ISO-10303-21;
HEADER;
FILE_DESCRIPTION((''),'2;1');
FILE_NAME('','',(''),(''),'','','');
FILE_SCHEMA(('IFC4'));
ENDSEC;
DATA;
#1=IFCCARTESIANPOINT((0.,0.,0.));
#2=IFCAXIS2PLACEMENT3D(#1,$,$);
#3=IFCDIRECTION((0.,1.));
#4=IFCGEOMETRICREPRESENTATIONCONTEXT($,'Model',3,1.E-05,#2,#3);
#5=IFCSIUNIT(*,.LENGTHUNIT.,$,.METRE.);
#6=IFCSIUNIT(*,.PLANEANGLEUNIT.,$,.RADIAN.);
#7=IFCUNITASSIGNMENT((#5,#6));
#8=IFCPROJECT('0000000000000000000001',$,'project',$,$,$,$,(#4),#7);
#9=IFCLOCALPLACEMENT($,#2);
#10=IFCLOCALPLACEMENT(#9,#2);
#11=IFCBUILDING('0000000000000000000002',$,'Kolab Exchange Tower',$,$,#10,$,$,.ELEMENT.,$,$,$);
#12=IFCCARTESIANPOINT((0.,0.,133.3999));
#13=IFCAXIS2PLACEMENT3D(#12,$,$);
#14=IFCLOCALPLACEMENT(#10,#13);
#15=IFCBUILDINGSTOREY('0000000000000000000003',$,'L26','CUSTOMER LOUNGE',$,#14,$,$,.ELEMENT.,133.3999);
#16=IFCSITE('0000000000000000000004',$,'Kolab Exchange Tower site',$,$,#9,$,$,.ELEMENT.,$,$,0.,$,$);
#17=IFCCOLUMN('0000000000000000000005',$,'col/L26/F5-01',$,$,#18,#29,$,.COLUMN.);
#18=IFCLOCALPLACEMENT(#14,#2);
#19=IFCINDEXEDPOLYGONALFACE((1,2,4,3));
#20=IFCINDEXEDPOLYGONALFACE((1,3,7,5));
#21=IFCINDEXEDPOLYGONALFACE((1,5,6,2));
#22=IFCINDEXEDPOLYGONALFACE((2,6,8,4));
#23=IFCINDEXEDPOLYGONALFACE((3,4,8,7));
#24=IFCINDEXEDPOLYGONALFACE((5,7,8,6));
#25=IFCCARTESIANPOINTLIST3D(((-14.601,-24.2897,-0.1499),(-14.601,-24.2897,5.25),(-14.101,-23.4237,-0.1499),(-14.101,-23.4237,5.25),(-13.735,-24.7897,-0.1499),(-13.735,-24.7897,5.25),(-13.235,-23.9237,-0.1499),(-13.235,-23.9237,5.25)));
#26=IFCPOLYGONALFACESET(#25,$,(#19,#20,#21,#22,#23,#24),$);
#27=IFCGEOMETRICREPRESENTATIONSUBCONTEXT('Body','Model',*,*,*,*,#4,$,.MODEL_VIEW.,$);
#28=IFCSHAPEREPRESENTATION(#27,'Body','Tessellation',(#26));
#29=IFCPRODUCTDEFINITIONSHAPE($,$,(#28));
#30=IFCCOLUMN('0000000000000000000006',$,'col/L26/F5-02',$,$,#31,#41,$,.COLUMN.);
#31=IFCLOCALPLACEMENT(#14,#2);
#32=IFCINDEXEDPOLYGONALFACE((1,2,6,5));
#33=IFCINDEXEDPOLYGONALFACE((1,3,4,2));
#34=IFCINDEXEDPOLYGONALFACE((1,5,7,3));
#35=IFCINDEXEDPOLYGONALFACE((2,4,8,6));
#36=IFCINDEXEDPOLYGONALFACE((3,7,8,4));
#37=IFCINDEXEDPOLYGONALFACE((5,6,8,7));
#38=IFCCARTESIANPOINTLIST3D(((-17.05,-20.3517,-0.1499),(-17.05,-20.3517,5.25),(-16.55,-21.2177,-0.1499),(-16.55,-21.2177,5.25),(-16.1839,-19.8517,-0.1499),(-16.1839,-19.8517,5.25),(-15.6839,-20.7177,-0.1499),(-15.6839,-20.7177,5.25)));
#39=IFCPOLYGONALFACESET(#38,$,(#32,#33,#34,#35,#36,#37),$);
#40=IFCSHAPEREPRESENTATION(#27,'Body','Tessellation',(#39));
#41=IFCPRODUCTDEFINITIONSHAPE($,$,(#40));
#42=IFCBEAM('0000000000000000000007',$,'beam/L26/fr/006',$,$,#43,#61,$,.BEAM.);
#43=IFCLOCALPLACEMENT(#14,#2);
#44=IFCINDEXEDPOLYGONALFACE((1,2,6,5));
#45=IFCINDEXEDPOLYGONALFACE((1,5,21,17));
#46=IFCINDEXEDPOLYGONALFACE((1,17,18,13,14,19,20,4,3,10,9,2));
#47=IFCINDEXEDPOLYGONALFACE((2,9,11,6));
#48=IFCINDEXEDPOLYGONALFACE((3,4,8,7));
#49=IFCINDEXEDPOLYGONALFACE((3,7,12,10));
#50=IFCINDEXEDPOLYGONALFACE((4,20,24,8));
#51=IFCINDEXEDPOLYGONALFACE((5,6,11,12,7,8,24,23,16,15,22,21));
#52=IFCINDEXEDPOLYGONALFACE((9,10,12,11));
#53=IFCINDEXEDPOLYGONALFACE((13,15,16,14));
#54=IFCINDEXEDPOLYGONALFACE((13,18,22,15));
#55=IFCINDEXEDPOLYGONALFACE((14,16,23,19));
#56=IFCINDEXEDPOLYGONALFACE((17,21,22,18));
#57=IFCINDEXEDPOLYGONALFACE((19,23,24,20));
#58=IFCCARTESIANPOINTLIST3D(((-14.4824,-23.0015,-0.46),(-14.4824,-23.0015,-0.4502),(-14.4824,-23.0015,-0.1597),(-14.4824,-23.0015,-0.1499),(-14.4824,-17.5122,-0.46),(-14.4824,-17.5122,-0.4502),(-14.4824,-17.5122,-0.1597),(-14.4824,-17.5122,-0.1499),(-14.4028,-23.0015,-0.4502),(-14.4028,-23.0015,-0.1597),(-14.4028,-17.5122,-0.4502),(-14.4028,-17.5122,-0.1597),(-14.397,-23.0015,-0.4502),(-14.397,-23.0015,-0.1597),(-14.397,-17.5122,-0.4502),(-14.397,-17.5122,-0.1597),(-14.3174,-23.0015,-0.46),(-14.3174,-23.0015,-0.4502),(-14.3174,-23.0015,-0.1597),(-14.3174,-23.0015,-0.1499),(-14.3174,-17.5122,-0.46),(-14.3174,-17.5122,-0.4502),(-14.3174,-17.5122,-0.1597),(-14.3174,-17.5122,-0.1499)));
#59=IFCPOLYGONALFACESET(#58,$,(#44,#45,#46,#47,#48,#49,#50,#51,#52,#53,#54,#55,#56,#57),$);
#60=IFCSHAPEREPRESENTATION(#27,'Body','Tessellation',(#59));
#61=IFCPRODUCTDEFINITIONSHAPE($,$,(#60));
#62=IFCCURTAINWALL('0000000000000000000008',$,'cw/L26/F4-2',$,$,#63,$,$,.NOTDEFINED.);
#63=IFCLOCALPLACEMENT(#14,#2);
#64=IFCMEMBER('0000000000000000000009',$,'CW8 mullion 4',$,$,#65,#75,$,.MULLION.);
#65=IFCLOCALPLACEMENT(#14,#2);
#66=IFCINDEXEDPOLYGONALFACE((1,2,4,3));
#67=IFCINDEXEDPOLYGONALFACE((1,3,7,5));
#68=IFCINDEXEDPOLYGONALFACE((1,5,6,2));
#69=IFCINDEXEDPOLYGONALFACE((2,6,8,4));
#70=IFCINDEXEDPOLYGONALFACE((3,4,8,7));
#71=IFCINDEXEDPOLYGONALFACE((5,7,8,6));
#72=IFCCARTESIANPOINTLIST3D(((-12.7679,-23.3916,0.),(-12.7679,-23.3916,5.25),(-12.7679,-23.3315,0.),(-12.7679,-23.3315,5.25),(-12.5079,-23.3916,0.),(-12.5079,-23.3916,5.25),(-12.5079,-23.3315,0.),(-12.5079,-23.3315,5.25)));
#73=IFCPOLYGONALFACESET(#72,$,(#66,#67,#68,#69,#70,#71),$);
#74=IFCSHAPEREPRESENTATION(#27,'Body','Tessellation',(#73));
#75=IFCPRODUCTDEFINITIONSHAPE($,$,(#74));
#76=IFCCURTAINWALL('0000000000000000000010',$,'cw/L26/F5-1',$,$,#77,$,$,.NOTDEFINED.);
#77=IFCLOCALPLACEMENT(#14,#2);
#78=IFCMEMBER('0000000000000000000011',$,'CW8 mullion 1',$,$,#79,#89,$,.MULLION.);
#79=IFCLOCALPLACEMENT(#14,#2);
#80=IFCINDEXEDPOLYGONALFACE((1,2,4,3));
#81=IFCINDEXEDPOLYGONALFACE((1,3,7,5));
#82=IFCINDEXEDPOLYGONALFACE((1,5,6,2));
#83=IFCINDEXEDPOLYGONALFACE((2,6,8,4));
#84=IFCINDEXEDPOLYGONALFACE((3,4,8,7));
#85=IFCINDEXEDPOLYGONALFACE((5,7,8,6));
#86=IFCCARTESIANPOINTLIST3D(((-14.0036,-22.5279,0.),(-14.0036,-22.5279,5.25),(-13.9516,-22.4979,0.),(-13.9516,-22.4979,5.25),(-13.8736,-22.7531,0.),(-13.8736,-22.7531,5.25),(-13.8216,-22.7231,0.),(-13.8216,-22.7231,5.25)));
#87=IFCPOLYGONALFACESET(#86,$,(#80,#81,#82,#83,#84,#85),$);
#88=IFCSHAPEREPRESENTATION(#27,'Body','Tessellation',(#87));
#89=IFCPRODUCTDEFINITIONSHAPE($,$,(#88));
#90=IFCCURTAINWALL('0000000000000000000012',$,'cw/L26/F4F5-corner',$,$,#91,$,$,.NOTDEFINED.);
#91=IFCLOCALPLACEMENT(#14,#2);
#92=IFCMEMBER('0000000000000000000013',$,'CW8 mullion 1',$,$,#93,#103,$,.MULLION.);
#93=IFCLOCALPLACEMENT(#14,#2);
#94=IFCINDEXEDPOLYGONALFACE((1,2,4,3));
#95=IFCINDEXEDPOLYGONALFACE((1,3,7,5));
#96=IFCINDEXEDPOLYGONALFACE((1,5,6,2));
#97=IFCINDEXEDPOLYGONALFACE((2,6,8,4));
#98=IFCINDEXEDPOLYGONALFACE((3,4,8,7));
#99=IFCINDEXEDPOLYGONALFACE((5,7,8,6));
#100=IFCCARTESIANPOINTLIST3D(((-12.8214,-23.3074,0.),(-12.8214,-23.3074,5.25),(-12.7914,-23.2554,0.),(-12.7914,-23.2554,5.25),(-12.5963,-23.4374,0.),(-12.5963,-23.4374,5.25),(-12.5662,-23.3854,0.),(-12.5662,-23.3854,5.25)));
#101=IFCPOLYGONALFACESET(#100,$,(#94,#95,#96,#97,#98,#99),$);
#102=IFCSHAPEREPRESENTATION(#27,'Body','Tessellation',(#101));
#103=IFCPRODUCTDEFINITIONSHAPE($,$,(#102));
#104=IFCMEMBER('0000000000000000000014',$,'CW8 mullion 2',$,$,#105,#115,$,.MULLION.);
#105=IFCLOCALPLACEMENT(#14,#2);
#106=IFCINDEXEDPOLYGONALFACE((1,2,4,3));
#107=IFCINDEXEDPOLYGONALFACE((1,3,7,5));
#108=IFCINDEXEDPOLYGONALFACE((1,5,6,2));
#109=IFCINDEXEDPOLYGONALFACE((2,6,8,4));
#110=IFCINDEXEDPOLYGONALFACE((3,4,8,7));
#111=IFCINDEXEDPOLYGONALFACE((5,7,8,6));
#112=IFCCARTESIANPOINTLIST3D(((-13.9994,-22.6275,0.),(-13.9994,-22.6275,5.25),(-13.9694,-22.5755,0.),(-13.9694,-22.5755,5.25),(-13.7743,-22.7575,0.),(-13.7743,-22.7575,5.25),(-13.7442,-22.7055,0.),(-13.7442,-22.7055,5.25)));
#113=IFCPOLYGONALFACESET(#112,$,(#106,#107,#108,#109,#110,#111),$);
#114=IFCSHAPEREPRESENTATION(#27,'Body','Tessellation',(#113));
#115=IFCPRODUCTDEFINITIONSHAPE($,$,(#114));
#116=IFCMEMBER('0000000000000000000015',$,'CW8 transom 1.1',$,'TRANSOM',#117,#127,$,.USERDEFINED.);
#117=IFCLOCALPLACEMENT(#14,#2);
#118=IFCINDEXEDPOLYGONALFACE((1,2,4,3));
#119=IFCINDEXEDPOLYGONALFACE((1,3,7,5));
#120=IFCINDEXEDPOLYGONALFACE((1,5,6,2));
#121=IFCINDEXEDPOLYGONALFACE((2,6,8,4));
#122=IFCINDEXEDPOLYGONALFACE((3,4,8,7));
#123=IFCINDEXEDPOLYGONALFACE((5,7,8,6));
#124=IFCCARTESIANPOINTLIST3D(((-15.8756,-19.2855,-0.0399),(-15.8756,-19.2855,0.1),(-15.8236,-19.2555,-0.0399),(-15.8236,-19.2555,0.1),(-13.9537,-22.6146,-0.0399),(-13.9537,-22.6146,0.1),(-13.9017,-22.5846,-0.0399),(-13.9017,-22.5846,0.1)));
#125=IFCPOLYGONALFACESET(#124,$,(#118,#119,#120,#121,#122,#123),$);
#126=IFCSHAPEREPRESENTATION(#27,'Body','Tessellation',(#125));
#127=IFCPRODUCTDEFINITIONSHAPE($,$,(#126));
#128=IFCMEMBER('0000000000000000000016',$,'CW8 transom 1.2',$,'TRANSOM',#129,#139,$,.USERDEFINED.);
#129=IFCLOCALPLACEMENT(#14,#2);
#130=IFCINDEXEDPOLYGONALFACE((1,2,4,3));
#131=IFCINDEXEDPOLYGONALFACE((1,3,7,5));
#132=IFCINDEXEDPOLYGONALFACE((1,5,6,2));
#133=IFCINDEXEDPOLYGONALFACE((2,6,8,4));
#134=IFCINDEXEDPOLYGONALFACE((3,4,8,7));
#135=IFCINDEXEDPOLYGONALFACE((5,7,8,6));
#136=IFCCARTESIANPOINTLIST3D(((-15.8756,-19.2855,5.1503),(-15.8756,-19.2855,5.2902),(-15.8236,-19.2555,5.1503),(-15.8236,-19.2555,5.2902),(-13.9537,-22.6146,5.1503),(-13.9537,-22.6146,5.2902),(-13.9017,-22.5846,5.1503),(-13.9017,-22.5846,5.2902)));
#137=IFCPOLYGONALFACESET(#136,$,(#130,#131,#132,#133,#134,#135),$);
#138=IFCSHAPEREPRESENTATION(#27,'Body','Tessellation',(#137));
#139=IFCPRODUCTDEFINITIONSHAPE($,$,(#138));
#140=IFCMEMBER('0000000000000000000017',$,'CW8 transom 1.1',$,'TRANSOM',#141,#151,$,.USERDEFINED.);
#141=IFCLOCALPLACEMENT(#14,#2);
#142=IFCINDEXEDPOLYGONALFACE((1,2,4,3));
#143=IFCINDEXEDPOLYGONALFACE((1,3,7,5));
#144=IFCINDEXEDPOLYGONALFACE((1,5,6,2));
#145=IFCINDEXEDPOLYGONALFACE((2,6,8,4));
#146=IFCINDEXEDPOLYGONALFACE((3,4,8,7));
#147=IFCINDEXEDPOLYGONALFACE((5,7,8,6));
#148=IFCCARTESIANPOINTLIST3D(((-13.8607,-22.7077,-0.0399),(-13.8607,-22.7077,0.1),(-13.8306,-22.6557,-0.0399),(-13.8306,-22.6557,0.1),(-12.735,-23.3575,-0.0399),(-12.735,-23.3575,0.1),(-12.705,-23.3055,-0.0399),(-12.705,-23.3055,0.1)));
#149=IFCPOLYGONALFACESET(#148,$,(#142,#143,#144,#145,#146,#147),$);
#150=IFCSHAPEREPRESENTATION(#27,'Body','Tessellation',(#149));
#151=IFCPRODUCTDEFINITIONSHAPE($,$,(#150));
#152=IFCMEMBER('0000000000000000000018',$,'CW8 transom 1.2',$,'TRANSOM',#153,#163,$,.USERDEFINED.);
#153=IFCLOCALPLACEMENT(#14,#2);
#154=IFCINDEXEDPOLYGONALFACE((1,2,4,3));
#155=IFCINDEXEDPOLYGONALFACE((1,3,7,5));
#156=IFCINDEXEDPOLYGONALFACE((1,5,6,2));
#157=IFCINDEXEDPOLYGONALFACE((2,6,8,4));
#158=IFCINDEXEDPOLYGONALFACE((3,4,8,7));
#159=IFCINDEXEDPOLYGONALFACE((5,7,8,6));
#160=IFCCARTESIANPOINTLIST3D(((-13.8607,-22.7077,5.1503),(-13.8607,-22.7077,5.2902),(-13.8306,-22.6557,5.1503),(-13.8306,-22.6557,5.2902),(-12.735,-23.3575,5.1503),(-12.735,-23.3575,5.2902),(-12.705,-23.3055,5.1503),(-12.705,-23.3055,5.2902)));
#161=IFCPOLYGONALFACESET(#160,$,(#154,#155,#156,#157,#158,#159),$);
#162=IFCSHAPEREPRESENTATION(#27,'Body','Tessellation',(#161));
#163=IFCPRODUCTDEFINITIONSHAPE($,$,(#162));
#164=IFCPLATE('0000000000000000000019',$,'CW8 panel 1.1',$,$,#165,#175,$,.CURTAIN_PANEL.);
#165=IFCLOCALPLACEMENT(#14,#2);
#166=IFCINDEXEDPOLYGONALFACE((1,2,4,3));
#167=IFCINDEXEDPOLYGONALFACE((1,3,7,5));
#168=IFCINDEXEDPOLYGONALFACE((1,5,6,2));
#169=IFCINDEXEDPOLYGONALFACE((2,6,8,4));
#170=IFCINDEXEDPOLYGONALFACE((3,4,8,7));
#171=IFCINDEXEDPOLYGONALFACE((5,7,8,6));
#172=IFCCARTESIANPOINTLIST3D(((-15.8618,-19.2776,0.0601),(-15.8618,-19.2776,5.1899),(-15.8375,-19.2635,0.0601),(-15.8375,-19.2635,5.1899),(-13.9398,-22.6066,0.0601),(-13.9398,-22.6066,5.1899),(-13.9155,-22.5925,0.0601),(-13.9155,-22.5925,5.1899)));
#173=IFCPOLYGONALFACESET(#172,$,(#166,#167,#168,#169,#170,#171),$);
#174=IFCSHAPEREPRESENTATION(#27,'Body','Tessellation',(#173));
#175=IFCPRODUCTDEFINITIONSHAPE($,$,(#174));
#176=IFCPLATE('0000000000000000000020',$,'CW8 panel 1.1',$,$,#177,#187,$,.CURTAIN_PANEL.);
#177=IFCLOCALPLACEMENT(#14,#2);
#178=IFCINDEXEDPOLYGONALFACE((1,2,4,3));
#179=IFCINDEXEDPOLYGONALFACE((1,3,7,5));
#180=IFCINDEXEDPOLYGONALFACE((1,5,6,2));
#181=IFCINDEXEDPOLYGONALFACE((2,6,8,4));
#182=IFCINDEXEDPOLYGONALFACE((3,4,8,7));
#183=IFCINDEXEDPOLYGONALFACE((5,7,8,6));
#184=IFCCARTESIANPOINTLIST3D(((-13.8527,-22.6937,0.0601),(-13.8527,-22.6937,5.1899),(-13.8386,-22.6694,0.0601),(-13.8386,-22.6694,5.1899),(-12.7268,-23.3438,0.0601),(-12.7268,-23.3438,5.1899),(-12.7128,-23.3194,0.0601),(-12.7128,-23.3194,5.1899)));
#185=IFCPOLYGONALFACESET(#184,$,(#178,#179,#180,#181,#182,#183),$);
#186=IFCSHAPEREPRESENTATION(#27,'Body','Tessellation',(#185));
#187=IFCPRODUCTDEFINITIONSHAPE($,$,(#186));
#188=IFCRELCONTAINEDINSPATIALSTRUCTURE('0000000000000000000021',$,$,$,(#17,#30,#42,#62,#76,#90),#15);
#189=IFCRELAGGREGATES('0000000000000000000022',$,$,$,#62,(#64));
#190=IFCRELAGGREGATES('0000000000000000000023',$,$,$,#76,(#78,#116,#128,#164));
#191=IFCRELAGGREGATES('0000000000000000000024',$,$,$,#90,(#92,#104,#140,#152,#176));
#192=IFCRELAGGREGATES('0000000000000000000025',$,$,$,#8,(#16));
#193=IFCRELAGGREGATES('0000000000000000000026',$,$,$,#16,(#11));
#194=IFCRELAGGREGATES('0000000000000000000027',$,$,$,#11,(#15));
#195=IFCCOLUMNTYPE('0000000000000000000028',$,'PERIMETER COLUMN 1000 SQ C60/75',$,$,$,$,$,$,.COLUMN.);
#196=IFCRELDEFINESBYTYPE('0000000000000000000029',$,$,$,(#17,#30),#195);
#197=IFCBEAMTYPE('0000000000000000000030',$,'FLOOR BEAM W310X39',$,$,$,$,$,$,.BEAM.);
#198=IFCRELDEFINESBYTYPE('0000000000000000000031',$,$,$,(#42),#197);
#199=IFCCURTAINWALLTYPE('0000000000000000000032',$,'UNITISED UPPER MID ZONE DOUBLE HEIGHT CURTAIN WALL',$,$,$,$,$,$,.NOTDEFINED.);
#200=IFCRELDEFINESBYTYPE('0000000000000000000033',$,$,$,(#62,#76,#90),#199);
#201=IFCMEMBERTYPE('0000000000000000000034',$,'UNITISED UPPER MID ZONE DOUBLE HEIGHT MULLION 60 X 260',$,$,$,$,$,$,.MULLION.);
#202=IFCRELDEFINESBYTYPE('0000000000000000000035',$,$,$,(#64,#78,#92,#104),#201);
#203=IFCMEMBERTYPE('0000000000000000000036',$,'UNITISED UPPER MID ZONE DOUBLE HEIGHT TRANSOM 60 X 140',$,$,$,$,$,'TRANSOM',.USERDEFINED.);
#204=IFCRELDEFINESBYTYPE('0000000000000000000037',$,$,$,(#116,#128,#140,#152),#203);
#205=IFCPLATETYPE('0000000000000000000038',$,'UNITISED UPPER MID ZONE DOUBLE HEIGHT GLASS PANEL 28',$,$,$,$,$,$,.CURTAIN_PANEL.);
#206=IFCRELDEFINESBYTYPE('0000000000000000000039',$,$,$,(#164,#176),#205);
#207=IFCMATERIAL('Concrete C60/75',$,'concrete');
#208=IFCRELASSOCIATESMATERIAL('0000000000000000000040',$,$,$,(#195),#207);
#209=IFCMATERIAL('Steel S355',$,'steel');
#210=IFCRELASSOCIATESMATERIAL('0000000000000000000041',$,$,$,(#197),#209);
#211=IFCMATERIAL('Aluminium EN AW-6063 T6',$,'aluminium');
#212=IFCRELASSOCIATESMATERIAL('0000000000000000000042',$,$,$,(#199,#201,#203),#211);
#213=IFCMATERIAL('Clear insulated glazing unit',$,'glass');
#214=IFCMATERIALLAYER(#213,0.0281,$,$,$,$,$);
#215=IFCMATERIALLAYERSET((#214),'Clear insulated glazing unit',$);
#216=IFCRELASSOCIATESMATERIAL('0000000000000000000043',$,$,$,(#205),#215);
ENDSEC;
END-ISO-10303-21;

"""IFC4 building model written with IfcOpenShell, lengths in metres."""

from ifc_helpers import new_model, si_unit, direction, frame, origin, origin_2d, place, context, subcontext, project, spatial, rectangle, i_section, extrude, material, layer, layer_set, material_profile, profile_set, type_object, element, aggregate, save


model = new_model("IFC4")

# Units and contexts
model_context = context("Model", 3, precision=1e-05, world=origin(), true_north=direction((0.0, 1.0)))
body_context = subcontext(model_context, "Body", "Model", "MODEL_VIEW")
ifc_project = project(units=[si_unit("LENGTHUNIT", "METRE"), si_unit("PLANEANGLEUNIT", "RADIAN")], contexts=[model_context])

# Site, building, storey
site_placement = place(None, origin())
site = spatial("IfcSite", under=ifc_project, at=site_placement, Name="Kolab Exchange Tower site", CompositionType="ELEMENT", RefElevation=0.0)
building_placement = place(site_placement, origin())
building = spatial("IfcBuilding", under=site, at=building_placement, Name="Kolab Exchange Tower", CompositionType="ELEMENT")
storey_placement = place(building_placement, frame((0.0, 0.0, 133.3999)))
storey = spatial("IfcBuildingStorey", under=building, at=storey_placement, Name="L26", Description="CUSTOMER LOUNGE", CompositionType="ELEMENT", Elevation=133.3999)

# Columns
ifc_material_1 = material(Name="Concrete C60/75", Category="concrete")
ifc_material_profile_1 = material_profile(ifc_material_1, rectangle(XDim=1.0, YDim=1.0, at=origin_2d()), Name="RC1000")
ifc_profile_set_1 = profile_set([ifc_material_profile_1], Name="Concrete C60/75")
column_type = type_object("IfcColumnType", Name="PERIMETER COLUMN 1000 SQ C60/75", PredefinedType="COLUMN", material=ifc_profile_set_1)
for number, where, z_axis, x_axis, name in (
    (1, (-13.918, -24.1067, -0.1499), (0.0, 0.0, 1.0), (0.5, 0.866025, 0.0), "col/L26/F5-01"),
    (2, (-16.3669, -20.5347, -0.1499), (0.0, 0.0, 1.0), (0.866025, 0.5, 0.0), "col/L26/F5-02"),
):
    element("IfcColumn", number, at=place(storey_placement, frame(where, z_axis=z_axis, x_axis=x_axis)), inside=storey, type_object=column_type, Name=name, PredefinedType="COLUMN", context=body_context, shape_type="SweptSolid", body=[
        extrude(rectangle(XDim=1.0, YDim=1.0, at=origin_2d()), origin(), (0.0, 0.0, 1.0), 5.3999),
    ])

# Beam
ifc_material_2 = material(Name="Steel S355", Category="steel")
ifc_material_profile_2 = material_profile(ifc_material_2, i_section(OverallWidth=0.165, OverallDepth=0.3101, WebThickness=0.0059, FlangeThickness=0.0098, at=origin_2d()), Name="W310X39")
ifc_profile_set_2 = profile_set([ifc_material_profile_2], Name="Steel S355")
beam_type = type_object("IfcBeamType", Name="FLOOR BEAM W310X39", PredefinedType="BEAM", material=ifc_profile_set_2)
beam_placement = place(storey_placement, frame((-14.3999, -23.0015, -0.3049), z_axis=(0.0, 1.0, 0.0), x_axis=(-1.0, 0.0, 0.0)))
element("IfcBeam", 3, at=beam_placement, inside=storey, type_object=beam_type, Name="beam/L26/fr/006", PredefinedType="BEAM", context=body_context, shape_type="SweptSolid", body=[
    extrude(i_section(OverallWidth=0.165, OverallDepth=0.3101, WebThickness=0.0059, FlangeThickness=0.0098, at=origin_2d()), origin(), (0.0, 0.0, 1.0), 5.4893),
])

# Curtain walls, members
ifc_material_3 = material(Name="Aluminium EN AW-6063 T6", Category="aluminium")
curtain_wall_type = type_object("IfcCurtainWallType", Name="UNITISED UPPER MID ZONE DOUBLE HEIGHT CURTAIN WALL", PredefinedType="NOTDEFINED", material=ifc_material_3)
curtain_wall_1_placement = place(storey_placement, origin())
curtain_wall_1 = element("IfcCurtainWall", 4, at=curtain_wall_1_placement, inside=storey, type_object=curtain_wall_type, Name="cw/L26/F4-2", PredefinedType="NOTDEFINED")
ifc_material_profile_3 = material_profile(ifc_material_3, rectangle(XDim=0.0601, YDim=0.26, at=origin_2d()), Name="RECT 60X260")
ifc_profile_set_3 = profile_set([ifc_material_profile_3], Name="Aluminium EN AW-6063 T6")
member_type_1 = type_object("IfcMemberType", Name="UNITISED UPPER MID ZONE DOUBLE HEIGHT MULLION 60 X 260", PredefinedType="MULLION", material=ifc_profile_set_3)
member_1_placement = place(storey_placement, frame((-12.6379, -23.3616, 0.0), z_axis=(0.0, 0.0, 1.0), x_axis=(0.0, -1.0, 0.0)))
member_1 = element("IfcMember", 5, at=member_1_placement, type_object=member_type_1, Name="CW8 mullion 4", PredefinedType="MULLION", context=body_context, shape_type="SweptSolid", body=[
    extrude(rectangle(XDim=0.0601, YDim=0.26, at=origin_2d()), origin(), (0.0, 0.0, 1.0), 5.25),
])
aggregate(curtain_wall_1, [member_1])
curtain_wall_2_placement = place(storey_placement, origin())
curtain_wall_2 = element("IfcCurtainWall", 6, at=curtain_wall_2_placement, inside=storey, type_object=curtain_wall_type, Name="cw/L26/F5-1", PredefinedType="NOTDEFINED")
member_2_placement = place(storey_placement, frame((-13.9126, -22.6255, 0.0), z_axis=(0.0, 0.0, 1.0), x_axis=(-0.866025, -0.5, 0.0)))
member_2 = element("IfcMember", 7, at=member_2_placement, type_object=member_type_1, Name="CW8 mullion 1", PredefinedType="MULLION", context=body_context, shape_type="SweptSolid", body=[
    extrude(rectangle(XDim=0.0601, YDim=0.26, at=origin_2d()), origin(), (0.0, 0.0, 1.0), 5.25),
])

# Curtain wall, members
curtain_wall_3_placement = place(storey_placement, origin())
curtain_wall_3 = element("IfcCurtainWall", 8, at=curtain_wall_3_placement, inside=storey, type_object=curtain_wall_type, Name="cw/L26/F4F5-corner", PredefinedType="NOTDEFINED")
member_3_placement = place(storey_placement, frame((-12.6938, -23.3464, 0.0), z_axis=(0.0, 0.0, 1.0), x_axis=(-0.5, -0.866025, 0.0)))
member_3 = element("IfcMember", 9, at=member_3_placement, type_object=member_type_1, Name="CW8 mullion 1", PredefinedType="MULLION", context=body_context, shape_type="SweptSolid", body=[
    extrude(rectangle(XDim=0.0601, YDim=0.26, at=origin_2d()), origin(), (0.0, 0.0, 1.0), 5.25),
])
member_4_placement = place(storey_placement, frame((-13.8718, -22.6665, 0.0), z_axis=(0.0, 0.0, 1.0), x_axis=(-0.5, -0.866025, 0.0)))
member_4 = element("IfcMember", 10, at=member_4_placement, type_object=member_type_1, Name="CW8 mullion 2", PredefinedType="MULLION", context=body_context, shape_type="SweptSolid", body=[
    extrude(rectangle(XDim=0.0601, YDim=0.26, at=origin_2d()), origin(), (0.0, 0.0, 1.0), 5.25),
])

# Members
ifc_material_profile_4 = material_profile(ifc_material_3, rectangle(XDim=0.0601, YDim=0.1399, at=origin_2d()), Name="RECT 60X140")
ifc_profile_set_4 = profile_set([ifc_material_profile_4], Name="Aluminium EN AW-6063 T6")
member_type_2 = type_object("IfcMemberType", Name="UNITISED UPPER MID ZONE DOUBLE HEIGHT TRANSOM 60 X 140", ElementType="TRANSOM", PredefinedType="USERDEFINED", material=ifc_profile_set_4)
member_5_placement = place(storey_placement, frame((-13.9277, -22.5996, 0.03), z_axis=(-0.499964, 0.866046, 0.0), x_axis=(-0.866046, -0.499964, 0.0)))
member_5 = element("IfcMember", 11, at=member_5_placement, type_object=member_type_2, Name="CW8 transom 1.1", ObjectType="TRANSOM", PredefinedType="USERDEFINED", context=body_context, shape_type="SweptSolid", body=[
    extrude(rectangle(XDim=0.0601, YDim=0.1399, at=origin_2d()), origin(), (0.0, 0.0, 1.0), 3.844),
])
member_6_placement = place(storey_placement, frame((-13.9277, -22.5996, 5.2202), z_axis=(-0.499964, 0.866046, 0.0), x_axis=(-0.866046, -0.499964, 0.0)))
member_6 = element("IfcMember", 12, at=member_6_placement, type_object=member_type_2, Name="CW8 transom 1.2", ObjectType="TRANSOM", PredefinedType="USERDEFINED", context=body_context, shape_type="SweptSolid", body=[
    extrude(rectangle(XDim=0.0601, YDim=0.1399, at=origin_2d()), origin(), (0.0, 0.0, 1.0), 3.844),
])
member_7_placement = place(storey_placement, frame((-12.72, -23.3315, 0.03), z_axis=(-0.866039, 0.499977, 0.0), x_axis=(-0.499977, -0.866039, 0.0)))
member_7 = element("IfcMember", 13, at=member_7_placement, type_object=member_type_2, Name="CW8 transom 1.1", ObjectType="TRANSOM", PredefinedType="USERDEFINED", context=body_context, shape_type="SweptSolid", body=[
    extrude(rectangle(XDim=0.0601, YDim=0.1399, at=origin_2d()), origin(), (0.0, 0.0, 1.0), 1.2998),
])
member_8_placement = place(storey_placement, frame((-12.72, -23.3315, 5.2202), z_axis=(-0.866039, 0.499977, 0.0), x_axis=(-0.499977, -0.866039, 0.0)))
member_8 = element("IfcMember", 14, at=member_8_placement, type_object=member_type_2, Name="CW8 transom 1.2", ObjectType="TRANSOM", PredefinedType="USERDEFINED", context=body_context, shape_type="SweptSolid", body=[
    extrude(rectangle(XDim=0.0601, YDim=0.1399, at=origin_2d()), origin(), (0.0, 0.0, 1.0), 1.2998),
])

# Plates
ifc_material_4 = material(Name="Clear insulated glazing unit", Category="glass")
ifc_layer = layer(ifc_material_4, 0.0281)
ifc_layer_set = layer_set([ifc_layer], Name="Clear insulated glazing unit")
plate_type = type_object("IfcPlateType", Name="UNITISED UPPER MID ZONE DOUBLE HEIGHT GLASS PANEL 28", PredefinedType="CURTAIN_PANEL", material=ifc_layer_set)
plate_1_placement = place(storey_placement, frame((-14.8887, -20.9351, 0.0601), z_axis=(0.0, 0.0, 1.0), x_axis=(-0.5, 0.866025, 0.0)))
plate_1 = element("IfcPlate", 15, at=plate_1_placement, type_object=plate_type, Name="CW8 panel 1.1", PredefinedType="CURTAIN_PANEL", context=body_context, shape_type="SweptSolid", body=[
    extrude(rectangle(XDim=3.844, YDim=0.0281, at=origin_2d()), origin(), (0.0, 0.0, 1.0), 5.1299),
])
aggregate(curtain_wall_2, [member_2, member_5, member_6, plate_1])
plate_2_placement = place(storey_placement, frame((-13.2827, -23.0066, 0.0601), z_axis=(0.0, 0.0, 1.0), x_axis=(-0.866025, 0.5, 0.0)))
plate_2 = element("IfcPlate", 16, at=plate_2_placement, type_object=plate_type, Name="CW8 panel 1.1", PredefinedType="CURTAIN_PANEL", context=body_context, shape_type="SweptSolid", body=[
    extrude(rectangle(XDim=1.3, YDim=0.0281, at=origin_2d()), origin(), (0.0, 0.0, 1.0), 5.1299),
])
aggregate(curtain_wall_3, [member_3, member_4, member_7, member_8, plate_2])

save(model, "model.ifc")
